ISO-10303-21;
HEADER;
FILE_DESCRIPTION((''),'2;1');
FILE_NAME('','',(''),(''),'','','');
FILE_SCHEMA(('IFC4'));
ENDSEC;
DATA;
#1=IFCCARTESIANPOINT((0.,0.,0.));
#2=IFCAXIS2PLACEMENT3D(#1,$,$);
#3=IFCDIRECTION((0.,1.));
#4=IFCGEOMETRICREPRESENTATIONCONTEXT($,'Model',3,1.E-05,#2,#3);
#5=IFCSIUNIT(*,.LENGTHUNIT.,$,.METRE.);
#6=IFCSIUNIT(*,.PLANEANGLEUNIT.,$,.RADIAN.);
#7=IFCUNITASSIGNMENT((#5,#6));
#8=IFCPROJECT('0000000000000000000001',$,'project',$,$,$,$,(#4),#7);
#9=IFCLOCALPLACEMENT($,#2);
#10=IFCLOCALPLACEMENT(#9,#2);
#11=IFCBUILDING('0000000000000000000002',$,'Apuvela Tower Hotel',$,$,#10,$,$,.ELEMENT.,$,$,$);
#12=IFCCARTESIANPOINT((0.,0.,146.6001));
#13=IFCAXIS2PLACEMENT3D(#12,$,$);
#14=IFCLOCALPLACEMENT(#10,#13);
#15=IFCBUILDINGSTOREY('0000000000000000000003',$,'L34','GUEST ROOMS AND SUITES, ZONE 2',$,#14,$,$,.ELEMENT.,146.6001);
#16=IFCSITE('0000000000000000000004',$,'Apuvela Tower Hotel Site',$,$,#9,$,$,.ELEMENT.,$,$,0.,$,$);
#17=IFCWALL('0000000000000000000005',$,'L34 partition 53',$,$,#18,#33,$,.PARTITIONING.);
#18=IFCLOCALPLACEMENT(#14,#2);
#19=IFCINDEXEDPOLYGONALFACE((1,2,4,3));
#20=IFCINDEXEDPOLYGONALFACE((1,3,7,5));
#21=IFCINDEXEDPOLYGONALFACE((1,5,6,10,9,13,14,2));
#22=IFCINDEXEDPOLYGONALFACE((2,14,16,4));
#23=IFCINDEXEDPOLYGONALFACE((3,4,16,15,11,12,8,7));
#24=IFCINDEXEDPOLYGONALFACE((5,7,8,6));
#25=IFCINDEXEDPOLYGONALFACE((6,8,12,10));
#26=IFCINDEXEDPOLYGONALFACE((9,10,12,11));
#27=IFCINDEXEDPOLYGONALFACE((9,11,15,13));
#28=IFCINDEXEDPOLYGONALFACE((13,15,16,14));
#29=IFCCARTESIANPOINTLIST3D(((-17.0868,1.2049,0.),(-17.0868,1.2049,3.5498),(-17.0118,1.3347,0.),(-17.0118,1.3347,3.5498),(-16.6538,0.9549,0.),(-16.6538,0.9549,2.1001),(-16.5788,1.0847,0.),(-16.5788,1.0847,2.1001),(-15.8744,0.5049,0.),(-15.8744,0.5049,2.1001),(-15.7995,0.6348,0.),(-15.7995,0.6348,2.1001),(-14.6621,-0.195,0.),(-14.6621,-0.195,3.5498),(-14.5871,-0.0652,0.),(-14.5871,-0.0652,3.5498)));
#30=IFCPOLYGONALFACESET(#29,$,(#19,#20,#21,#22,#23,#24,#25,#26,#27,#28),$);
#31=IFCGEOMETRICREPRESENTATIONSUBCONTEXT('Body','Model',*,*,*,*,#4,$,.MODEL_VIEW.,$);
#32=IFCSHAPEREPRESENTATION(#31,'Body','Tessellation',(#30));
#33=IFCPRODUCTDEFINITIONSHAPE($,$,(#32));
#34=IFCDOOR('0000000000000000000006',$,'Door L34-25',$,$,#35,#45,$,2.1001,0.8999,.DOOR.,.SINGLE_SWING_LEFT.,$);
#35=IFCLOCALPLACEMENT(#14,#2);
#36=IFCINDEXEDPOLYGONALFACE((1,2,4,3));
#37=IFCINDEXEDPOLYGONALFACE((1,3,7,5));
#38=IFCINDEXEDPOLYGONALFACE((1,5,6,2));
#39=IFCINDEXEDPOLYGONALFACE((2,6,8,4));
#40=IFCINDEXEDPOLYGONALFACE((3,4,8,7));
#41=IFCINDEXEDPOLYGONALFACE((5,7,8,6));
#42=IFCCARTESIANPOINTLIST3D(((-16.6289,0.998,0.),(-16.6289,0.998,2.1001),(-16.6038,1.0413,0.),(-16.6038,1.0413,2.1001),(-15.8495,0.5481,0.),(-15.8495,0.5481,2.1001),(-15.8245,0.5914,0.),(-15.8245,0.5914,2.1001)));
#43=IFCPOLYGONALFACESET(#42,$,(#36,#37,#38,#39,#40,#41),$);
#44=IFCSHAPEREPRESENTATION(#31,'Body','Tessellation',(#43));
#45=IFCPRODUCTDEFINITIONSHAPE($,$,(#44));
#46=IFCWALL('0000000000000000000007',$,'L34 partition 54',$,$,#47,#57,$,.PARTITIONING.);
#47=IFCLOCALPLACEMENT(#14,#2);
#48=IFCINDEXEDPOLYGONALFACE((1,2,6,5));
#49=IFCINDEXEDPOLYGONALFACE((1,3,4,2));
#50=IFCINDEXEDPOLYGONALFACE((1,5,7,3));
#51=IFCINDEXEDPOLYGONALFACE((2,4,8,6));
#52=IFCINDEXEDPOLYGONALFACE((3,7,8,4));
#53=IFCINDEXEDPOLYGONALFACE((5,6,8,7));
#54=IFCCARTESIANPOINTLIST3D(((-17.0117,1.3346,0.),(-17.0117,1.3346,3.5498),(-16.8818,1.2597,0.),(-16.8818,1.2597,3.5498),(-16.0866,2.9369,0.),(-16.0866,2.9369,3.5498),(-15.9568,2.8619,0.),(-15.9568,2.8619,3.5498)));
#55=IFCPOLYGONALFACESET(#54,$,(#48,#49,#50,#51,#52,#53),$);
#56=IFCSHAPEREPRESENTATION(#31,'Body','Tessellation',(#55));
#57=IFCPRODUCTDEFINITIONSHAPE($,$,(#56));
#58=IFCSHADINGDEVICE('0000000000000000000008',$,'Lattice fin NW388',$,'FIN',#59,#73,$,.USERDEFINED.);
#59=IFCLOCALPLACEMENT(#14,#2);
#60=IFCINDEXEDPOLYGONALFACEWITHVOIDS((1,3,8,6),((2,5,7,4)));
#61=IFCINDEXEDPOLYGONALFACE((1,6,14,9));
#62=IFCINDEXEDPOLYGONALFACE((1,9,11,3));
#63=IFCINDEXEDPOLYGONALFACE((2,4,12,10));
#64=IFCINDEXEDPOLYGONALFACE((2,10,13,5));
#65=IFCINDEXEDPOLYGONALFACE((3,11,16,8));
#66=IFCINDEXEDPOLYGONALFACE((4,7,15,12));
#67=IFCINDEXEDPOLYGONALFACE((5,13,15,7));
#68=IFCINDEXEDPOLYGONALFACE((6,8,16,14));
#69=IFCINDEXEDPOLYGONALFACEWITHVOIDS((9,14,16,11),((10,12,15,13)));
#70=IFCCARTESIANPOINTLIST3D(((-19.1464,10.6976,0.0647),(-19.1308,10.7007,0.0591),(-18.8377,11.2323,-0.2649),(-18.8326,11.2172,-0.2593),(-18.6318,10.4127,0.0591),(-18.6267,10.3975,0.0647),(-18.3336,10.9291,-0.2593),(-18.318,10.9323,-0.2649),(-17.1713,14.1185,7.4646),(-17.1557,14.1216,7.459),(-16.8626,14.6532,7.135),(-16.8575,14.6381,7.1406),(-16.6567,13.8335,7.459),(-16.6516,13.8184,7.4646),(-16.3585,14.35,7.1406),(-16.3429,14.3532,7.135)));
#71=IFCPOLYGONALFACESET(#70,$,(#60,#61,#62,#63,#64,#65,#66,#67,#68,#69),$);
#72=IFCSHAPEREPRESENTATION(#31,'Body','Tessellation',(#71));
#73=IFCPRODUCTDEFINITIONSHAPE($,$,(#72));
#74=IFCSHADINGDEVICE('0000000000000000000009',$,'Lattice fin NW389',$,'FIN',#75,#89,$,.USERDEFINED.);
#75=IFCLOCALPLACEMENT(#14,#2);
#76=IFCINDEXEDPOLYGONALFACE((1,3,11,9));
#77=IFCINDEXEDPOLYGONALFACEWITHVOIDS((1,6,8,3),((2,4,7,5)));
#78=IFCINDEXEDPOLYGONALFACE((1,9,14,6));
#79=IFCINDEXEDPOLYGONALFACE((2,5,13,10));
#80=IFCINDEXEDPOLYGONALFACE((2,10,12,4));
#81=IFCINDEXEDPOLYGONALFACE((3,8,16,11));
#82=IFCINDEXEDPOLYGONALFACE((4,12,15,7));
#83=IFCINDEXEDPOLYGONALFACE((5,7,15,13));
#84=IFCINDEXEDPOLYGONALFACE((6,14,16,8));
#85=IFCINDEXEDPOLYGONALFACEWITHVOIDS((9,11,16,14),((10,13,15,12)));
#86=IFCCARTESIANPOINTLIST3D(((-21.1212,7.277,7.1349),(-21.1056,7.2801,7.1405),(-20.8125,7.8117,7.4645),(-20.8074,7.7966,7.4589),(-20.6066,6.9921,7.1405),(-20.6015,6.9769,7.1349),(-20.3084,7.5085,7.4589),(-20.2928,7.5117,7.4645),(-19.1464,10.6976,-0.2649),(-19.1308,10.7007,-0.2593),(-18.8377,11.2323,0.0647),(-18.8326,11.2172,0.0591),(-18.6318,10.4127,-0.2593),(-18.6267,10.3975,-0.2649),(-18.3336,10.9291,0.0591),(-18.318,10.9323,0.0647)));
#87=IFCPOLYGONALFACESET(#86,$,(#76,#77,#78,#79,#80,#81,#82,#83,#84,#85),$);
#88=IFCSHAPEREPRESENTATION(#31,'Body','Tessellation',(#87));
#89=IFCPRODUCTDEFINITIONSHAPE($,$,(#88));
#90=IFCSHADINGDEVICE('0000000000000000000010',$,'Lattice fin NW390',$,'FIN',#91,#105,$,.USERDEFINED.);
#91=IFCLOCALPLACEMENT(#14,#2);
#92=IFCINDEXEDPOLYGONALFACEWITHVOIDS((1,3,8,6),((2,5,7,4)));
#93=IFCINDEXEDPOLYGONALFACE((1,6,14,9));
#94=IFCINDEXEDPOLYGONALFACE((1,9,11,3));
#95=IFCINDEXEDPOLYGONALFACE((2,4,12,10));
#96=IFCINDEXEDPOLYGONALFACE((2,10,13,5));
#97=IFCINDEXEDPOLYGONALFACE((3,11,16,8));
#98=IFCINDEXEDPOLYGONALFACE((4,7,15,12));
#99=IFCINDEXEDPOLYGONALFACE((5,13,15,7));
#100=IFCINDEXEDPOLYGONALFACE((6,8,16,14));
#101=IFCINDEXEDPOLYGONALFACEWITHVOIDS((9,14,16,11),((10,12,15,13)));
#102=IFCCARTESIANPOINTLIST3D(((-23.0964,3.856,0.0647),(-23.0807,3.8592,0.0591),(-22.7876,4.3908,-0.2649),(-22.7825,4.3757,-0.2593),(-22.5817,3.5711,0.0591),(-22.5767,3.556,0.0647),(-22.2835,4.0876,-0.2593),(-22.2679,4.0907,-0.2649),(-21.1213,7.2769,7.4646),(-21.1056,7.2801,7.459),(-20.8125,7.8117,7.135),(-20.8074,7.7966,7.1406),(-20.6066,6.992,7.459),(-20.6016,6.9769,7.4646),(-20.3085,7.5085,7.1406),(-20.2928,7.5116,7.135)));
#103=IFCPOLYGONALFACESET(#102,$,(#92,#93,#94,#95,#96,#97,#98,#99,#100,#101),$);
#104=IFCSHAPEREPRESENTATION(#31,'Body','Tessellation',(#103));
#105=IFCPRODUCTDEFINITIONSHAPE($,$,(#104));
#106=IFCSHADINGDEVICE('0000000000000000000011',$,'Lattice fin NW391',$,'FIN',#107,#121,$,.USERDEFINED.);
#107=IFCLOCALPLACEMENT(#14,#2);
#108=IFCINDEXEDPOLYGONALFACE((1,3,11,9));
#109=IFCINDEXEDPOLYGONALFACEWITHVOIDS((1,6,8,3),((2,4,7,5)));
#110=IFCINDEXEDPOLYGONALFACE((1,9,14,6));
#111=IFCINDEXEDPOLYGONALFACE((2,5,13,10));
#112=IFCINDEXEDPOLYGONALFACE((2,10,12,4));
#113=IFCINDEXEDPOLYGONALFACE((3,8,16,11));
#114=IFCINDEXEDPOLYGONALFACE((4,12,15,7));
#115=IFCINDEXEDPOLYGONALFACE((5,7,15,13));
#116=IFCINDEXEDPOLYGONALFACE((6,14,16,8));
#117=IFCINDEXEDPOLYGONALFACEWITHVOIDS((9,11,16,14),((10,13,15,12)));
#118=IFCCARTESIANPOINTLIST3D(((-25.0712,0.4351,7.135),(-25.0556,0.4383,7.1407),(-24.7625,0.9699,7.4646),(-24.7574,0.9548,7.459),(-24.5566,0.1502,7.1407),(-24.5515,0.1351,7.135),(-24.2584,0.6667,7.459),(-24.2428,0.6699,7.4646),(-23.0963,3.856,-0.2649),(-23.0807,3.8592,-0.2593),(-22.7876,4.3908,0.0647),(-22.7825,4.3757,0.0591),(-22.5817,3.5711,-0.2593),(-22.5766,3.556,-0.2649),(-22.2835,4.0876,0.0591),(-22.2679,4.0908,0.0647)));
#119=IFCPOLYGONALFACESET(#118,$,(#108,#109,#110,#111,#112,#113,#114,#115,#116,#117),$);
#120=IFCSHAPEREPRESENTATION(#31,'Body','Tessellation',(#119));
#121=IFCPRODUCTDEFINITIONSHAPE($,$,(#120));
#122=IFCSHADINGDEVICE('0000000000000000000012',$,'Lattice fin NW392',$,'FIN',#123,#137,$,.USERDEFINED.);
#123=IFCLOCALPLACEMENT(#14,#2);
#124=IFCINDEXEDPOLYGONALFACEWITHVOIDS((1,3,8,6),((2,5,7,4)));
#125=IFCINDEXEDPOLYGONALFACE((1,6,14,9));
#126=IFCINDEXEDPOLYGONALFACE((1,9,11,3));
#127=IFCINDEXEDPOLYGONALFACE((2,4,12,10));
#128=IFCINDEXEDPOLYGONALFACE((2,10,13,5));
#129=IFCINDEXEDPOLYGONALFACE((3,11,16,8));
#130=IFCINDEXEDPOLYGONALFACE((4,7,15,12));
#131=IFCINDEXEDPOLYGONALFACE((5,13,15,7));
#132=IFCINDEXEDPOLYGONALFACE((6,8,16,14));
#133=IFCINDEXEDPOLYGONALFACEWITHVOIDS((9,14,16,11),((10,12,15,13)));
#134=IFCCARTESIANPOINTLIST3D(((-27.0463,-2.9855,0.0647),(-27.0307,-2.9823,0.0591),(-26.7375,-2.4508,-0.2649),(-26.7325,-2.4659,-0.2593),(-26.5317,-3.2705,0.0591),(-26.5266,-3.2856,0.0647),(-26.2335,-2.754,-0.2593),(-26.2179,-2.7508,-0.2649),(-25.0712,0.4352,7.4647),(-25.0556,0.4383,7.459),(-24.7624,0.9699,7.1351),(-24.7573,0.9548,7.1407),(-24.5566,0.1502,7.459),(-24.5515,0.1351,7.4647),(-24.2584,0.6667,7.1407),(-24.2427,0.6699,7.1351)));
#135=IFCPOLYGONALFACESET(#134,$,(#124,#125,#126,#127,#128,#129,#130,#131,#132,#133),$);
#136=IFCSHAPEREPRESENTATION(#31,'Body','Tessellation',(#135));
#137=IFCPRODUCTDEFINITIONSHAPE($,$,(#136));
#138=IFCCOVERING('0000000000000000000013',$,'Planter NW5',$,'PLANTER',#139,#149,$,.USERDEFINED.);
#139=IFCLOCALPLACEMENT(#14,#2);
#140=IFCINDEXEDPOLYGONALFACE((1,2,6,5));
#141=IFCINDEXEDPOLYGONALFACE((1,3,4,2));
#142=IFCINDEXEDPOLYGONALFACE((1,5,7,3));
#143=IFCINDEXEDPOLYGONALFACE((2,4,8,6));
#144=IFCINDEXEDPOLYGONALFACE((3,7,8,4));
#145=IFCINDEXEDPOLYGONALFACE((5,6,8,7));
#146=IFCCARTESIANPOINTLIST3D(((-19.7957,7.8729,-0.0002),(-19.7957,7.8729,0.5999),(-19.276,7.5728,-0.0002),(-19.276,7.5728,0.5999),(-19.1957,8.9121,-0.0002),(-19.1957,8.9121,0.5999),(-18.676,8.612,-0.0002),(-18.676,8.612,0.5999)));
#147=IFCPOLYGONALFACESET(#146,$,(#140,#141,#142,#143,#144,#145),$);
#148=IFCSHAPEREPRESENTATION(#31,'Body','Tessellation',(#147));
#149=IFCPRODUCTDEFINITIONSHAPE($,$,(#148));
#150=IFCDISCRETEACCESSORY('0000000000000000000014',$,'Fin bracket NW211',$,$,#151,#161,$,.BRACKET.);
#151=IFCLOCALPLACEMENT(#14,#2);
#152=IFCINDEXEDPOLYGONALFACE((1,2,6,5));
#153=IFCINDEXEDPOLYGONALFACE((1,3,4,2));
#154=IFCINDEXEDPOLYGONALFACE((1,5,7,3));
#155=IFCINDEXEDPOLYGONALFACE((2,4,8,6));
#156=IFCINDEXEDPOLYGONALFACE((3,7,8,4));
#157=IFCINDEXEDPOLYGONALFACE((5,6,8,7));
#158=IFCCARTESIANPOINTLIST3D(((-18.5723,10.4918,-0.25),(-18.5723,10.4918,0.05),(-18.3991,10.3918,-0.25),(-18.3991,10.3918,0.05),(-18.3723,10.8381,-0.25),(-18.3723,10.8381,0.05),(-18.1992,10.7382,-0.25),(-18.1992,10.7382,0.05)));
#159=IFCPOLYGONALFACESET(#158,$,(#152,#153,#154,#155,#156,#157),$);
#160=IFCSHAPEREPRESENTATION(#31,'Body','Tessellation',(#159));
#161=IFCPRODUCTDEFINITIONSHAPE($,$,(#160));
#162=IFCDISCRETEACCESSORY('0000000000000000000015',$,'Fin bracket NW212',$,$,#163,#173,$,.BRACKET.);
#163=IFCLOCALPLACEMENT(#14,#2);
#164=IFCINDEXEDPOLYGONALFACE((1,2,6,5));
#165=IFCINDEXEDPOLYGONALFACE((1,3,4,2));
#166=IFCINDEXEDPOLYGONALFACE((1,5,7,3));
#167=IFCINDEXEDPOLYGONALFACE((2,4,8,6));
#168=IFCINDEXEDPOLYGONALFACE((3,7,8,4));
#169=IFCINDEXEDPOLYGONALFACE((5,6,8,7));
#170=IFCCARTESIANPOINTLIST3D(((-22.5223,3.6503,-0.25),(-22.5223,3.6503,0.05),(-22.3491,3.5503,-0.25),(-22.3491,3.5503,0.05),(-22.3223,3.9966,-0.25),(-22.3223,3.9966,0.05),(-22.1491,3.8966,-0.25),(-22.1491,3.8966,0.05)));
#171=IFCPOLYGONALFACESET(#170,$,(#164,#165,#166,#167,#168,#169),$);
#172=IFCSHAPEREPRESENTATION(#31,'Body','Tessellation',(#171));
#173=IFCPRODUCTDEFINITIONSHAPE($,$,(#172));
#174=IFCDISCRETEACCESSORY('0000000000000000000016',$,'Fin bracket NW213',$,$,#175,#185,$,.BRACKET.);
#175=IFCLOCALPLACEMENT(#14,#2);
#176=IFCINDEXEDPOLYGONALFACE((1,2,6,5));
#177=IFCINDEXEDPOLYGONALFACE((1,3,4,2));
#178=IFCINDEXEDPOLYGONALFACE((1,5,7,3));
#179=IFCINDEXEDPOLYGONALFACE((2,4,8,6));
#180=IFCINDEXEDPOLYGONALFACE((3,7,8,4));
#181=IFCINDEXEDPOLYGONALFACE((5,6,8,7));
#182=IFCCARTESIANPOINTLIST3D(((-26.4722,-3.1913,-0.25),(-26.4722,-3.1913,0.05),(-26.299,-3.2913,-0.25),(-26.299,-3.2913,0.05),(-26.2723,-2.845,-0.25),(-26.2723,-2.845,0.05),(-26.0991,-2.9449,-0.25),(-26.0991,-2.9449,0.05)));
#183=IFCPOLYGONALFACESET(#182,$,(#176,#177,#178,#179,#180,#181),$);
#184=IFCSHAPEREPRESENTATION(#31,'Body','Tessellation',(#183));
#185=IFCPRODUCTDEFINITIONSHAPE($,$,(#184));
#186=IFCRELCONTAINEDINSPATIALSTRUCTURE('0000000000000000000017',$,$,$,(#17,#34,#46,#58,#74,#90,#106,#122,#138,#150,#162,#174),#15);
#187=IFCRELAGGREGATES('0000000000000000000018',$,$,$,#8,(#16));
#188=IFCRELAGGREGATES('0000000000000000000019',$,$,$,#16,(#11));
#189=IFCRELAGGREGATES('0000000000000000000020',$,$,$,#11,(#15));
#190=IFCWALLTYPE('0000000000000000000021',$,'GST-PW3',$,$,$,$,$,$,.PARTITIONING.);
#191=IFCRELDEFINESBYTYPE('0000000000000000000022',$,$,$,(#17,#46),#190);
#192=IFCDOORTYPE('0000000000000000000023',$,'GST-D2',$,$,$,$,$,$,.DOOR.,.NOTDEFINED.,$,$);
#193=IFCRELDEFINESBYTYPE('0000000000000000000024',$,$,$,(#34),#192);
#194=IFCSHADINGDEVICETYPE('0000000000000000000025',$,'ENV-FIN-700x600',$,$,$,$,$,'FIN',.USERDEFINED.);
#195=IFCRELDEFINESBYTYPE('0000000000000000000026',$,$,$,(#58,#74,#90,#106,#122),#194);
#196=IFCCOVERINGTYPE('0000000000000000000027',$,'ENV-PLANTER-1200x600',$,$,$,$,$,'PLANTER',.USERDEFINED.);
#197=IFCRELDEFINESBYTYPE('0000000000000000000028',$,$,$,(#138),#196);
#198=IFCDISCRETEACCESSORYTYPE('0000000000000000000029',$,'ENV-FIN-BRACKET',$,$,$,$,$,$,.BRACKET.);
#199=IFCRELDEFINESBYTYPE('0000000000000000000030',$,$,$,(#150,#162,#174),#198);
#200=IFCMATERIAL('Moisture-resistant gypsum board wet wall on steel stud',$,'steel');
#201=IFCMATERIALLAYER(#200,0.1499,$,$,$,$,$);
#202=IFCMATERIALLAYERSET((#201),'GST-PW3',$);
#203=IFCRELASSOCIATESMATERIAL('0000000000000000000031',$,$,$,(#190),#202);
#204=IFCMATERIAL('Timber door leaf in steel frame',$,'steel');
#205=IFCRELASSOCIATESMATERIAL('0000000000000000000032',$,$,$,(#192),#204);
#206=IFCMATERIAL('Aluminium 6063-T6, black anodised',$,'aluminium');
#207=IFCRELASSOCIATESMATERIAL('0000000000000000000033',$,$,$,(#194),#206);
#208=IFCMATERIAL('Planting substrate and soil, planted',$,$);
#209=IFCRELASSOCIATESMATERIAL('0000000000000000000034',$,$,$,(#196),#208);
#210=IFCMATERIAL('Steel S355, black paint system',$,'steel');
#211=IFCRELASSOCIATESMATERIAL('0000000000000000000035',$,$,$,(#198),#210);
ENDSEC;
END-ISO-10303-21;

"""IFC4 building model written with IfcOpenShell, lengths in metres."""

from ifc_helpers import new_model, si_unit, direction, frame, frame_2d, origin, origin_2d, place, context, subcontext, project, spatial, rectangle, hollow_rectangle, extrude, material, layer, layer_set, material_profile, profile_set, type_object, element, fill, save


model = new_model("IFC4")

# Units and contexts
model_context = context("Model", 3, precision=1e-05, world=origin(), true_north=direction((0.0, 1.0)))
body_context = subcontext(model_context, "Body", "Model", "MODEL_VIEW")
ifc_project = project(units=[si_unit("LENGTHUNIT", "METRE"), si_unit("PLANEANGLEUNIT", "RADIAN")], contexts=[model_context])

# Site, building, storey
site_placement = place(None, origin())
site = spatial("IfcSite", under=ifc_project, at=site_placement, Name="Apuvela Tower Hotel Site", CompositionType="ELEMENT", RefElevation=0.0)
building_placement = place(site_placement, origin())
building = spatial("IfcBuilding", under=site, at=building_placement, Name="Apuvela Tower Hotel", CompositionType="ELEMENT")
storey_placement = place(building_placement, frame((0.0, 0.0, 146.6001)))
storey = spatial("IfcBuildingStorey", under=building, at=storey_placement, Name="L34", Description="GUEST ROOMS AND SUITES, ZONE 2", CompositionType="ELEMENT", Elevation=146.6001)

# Wall, opening, door
ifc_material_1 = material(Name="Moisture-resistant gypsum board wet wall on steel stud", Category="steel")
ifc_layer_1 = layer(ifc_material_1, 0.1499)
ifc_layer_set_1 = layer_set([ifc_layer_1], Name="GST-PW3")
wall_type_1 = type_object("IfcWallType", Name="GST-PW3", PredefinedType="PARTITIONING", material=ifc_layer_set_1)
wall_1_placement = place(storey_placement, frame((-17.0493, 1.2698, 0.0), z_axis=(0.0, 0.0, 1.0), x_axis=(0.866035, -0.499984, 0.0)))
wall_1 = element("IfcWall", 1, at=wall_1_placement, inside=storey, type_object=wall_type_1, Name="L34 partition 53", PredefinedType="PARTITIONING", context=body_context, shape_type="SweptSolid", body=[
    extrude(rectangle(XDim=2.7998, YDim=0.1499, at=frame_2d((1.3999, 0.0))), origin(), (0.0, 0.0, 1.0), 3.5498),
])
opening_1_placement = place(wall_1_placement, frame((0.5, 0.0, 0.0)))
opening_1 = element("IfcOpeningElement", 2, at=opening_1_placement, cuts=wall_1, PredefinedType="OPENING", context=body_context, shape_type="SweptSolid", body=[
    extrude(rectangle(XDim=0.8999, YDim=2.1001, at=frame_2d((0.45, 1.05))), frame((0.0, 0.085, 0.0), z_axis=(0.0, -1.0, 0.0), x_axis=(1.0, 0.0, 0.0)), (0.0, 0.0, 1.0), 0.1699),
])
ifc_material_2 = material(Name="Timber door leaf in steel frame", Category="steel")
door_type_1 = type_object("IfcDoorType", Name="GST-D2", OperationType="NOTDEFINED", PredefinedType="DOOR", material=ifc_material_2)
door_1_placement = place(opening_1_placement, origin())
door_1 = element("IfcDoor", 3, at=door_1_placement, inside=storey, type_object=door_type_1, Name="Door L34-25", OperationType="SINGLE_SWING_LEFT", OverallHeight=2.1001, OverallWidth=0.8999, PredefinedType="DOOR", context=body_context, shape_type="SweptSolid", body=[
    extrude(rectangle(XDim=0.8999, YDim=2.1001, at=frame_2d((0.45, 1.05))), frame((0.0, 0.0249, 0.0), z_axis=(0.0, -1.0, 0.0), x_axis=(1.0, 0.0, 0.0)), (0.0, 0.0, 1.0), 0.05),
])
fill(opening_1, door_1)

# Wall
wall_2_placement = place(storey_placement, frame((-16.0217, 2.8994, 0.0), z_axis=(0.0, 0.0, 1.0), x_axis=(-0.499985, -0.866034, 0.0)))
element("IfcWall", 4, at=wall_2_placement, inside=storey, type_object=wall_type_1, Name="L34 partition 54", PredefinedType="PARTITIONING", context=body_context, shape_type="SweptSolid", body=[
    extrude(rectangle(XDim=1.8501, YDim=0.1499, at=frame_2d((0.925, 0.0))), origin(), (0.0, 0.0, 1.0), 3.5498),
])

# Shading devices
ifc_material_3 = material(Name="Aluminium 6063-T6, black anodised", Category="aluminium")
ifc_material_profile_1 = material_profile(ifc_material_3, hollow_rectangle(XDim=0.6001, YDim=0.7, WallThickness=0.012, at=origin_2d()), Name="AL BOX 700x600x12")
ifc_profile_set_1 = profile_set([ifc_material_profile_1], Name="Aluminium 6063-T6, black anodised")
shading_device_type = type_object("IfcShadingDeviceType", Name="ENV-FIN-700x600", ElementType="FIN", PredefinedType="USERDEFINED", material=ifc_profile_set_1)
shading_device_1_placement = place(storey_placement, frame((-18.7322, 10.8149, -0.1001), z_axis=(0.235461, 0.407822, 0.882179), x_axis=(-0.866021, 0.500008, 0.0)))
element("IfcShadingDevice", 5, at=shading_device_1_placement, inside=storey, type_object=shading_device_type, Name="Lattice fin NW388", ObjectType="FIN", PredefinedType="USERDEFINED", context=body_context, shape_type="SweptSolid", body=[
    extrude(hollow_rectangle(XDim=0.6001, YDim=0.7, WallThickness=0.012, at=origin_2d()), origin(), (0.0, 0.0, 1.0), 8.3882),
])
shading_device_2_placement = place(storey_placement, frame((-18.7322, 10.8149, -0.1001), z_axis=(-0.235436, -0.407801, 0.882195), x_axis=(0.866032, -0.499988, 0.0)))
element("IfcShadingDevice", 6, at=shading_device_2_placement, inside=storey, type_object=shading_device_type, Name="Lattice fin NW389", ObjectType="FIN", PredefinedType="USERDEFINED", context=body_context, shape_type="SweptSolid", body=[
    extrude(hollow_rectangle(XDim=0.6001, YDim=0.7, WallThickness=0.012, at=origin_2d()), origin(), (0.0, 0.0, 1.0), 8.3879),
])
for number, where, z_axis, x_axis, name in (
    (7, (-22.6821, 3.9734, -0.1001), (0.235461, 0.407822, 0.882179), (-0.866021, 0.500008, 0.0), "Lattice fin NW390"),
    (8, (-22.6821, 3.9734, -0.1001), (-0.235434, -0.407825, 0.882185), (0.866048, -0.499961, 0.0), "Lattice fin NW391"),
    (9, (-26.6321, -2.8682, -0.1001), (0.235464, 0.407798, 0.882189), (-0.866005, 0.500035, 0.0), "Lattice fin NW392"),
):
    element("IfcShadingDevice", number, at=place(storey_placement, frame(where, z_axis=z_axis, x_axis=x_axis)), inside=storey, type_object=shading_device_type, Name=name, ObjectType="FIN", PredefinedType="USERDEFINED", context=body_context, shape_type="SweptSolid", body=[
        extrude(hollow_rectangle(XDim=0.6001, YDim=0.7, WallThickness=0.012, at=origin_2d()), origin(), (0.0, 0.0, 1.0), 8.3882),
    ])

# Covering
ifc_material_4 = material(Name="Planting substrate and soil, planted")
covering_type = type_object("IfcCoveringType", Name="ENV-PLANTER-1200x600", ElementType="PLANTER", PredefinedType="USERDEFINED", material=ifc_material_4)
covering_placement = place(storey_placement, frame((-19.2358, 8.2424, -0.0002), z_axis=(0.0, 0.0, 1.0), x_axis=(-0.5, -0.866025, 0.0)))
element("IfcCovering", 10, at=covering_placement, inside=storey, type_object=covering_type, Name="Planter NW5", ObjectType="PLANTER", PredefinedType="USERDEFINED", context=body_context, shape_type="SweptSolid", body=[
    extrude(rectangle(XDim=1.2, YDim=0.6001, at=origin_2d()), origin(), (0.0, 0.0, 1.0), 0.6001),
])

# Discrete accessories
ifc_material_5 = material(Name="Steel S355, black paint system", Category="steel")
discrete_accessory_type = type_object("IfcDiscreteAccessoryType", Name="ENV-FIN-BRACKET", PredefinedType="BRACKET", material=ifc_material_5)
for number, where, z_axis, x_axis, name in (
    (11, (-18.3857, 10.615, -0.25), (0.0, 0.0, 1.0), (-0.5, -0.866025, 0.0), "Fin bracket NW211"),
    (12, (-22.3357, 3.7734, -0.25), (0.0, 0.0, 1.0), (-0.5, -0.866025, 0.0), "Fin bracket NW212"),
    (13, (-26.2856, -3.0681, -0.25), (0.0, 0.0, 1.0), (-0.5, -0.866025, 0.0), "Fin bracket NW213"),
):
    element("IfcDiscreteAccessory", number, at=place(storey_placement, frame(where, z_axis=z_axis, x_axis=x_axis)), inside=storey, type_object=discrete_accessory_type, Name=name, PredefinedType="BRACKET", context=body_context, shape_type="SweptSolid", body=[
        extrude(rectangle(XDim=0.3999, YDim=0.2, at=origin_2d()), origin(), (0.0, 0.0, 1.0), 0.3),
    ])

save(model, "model.ifc")
